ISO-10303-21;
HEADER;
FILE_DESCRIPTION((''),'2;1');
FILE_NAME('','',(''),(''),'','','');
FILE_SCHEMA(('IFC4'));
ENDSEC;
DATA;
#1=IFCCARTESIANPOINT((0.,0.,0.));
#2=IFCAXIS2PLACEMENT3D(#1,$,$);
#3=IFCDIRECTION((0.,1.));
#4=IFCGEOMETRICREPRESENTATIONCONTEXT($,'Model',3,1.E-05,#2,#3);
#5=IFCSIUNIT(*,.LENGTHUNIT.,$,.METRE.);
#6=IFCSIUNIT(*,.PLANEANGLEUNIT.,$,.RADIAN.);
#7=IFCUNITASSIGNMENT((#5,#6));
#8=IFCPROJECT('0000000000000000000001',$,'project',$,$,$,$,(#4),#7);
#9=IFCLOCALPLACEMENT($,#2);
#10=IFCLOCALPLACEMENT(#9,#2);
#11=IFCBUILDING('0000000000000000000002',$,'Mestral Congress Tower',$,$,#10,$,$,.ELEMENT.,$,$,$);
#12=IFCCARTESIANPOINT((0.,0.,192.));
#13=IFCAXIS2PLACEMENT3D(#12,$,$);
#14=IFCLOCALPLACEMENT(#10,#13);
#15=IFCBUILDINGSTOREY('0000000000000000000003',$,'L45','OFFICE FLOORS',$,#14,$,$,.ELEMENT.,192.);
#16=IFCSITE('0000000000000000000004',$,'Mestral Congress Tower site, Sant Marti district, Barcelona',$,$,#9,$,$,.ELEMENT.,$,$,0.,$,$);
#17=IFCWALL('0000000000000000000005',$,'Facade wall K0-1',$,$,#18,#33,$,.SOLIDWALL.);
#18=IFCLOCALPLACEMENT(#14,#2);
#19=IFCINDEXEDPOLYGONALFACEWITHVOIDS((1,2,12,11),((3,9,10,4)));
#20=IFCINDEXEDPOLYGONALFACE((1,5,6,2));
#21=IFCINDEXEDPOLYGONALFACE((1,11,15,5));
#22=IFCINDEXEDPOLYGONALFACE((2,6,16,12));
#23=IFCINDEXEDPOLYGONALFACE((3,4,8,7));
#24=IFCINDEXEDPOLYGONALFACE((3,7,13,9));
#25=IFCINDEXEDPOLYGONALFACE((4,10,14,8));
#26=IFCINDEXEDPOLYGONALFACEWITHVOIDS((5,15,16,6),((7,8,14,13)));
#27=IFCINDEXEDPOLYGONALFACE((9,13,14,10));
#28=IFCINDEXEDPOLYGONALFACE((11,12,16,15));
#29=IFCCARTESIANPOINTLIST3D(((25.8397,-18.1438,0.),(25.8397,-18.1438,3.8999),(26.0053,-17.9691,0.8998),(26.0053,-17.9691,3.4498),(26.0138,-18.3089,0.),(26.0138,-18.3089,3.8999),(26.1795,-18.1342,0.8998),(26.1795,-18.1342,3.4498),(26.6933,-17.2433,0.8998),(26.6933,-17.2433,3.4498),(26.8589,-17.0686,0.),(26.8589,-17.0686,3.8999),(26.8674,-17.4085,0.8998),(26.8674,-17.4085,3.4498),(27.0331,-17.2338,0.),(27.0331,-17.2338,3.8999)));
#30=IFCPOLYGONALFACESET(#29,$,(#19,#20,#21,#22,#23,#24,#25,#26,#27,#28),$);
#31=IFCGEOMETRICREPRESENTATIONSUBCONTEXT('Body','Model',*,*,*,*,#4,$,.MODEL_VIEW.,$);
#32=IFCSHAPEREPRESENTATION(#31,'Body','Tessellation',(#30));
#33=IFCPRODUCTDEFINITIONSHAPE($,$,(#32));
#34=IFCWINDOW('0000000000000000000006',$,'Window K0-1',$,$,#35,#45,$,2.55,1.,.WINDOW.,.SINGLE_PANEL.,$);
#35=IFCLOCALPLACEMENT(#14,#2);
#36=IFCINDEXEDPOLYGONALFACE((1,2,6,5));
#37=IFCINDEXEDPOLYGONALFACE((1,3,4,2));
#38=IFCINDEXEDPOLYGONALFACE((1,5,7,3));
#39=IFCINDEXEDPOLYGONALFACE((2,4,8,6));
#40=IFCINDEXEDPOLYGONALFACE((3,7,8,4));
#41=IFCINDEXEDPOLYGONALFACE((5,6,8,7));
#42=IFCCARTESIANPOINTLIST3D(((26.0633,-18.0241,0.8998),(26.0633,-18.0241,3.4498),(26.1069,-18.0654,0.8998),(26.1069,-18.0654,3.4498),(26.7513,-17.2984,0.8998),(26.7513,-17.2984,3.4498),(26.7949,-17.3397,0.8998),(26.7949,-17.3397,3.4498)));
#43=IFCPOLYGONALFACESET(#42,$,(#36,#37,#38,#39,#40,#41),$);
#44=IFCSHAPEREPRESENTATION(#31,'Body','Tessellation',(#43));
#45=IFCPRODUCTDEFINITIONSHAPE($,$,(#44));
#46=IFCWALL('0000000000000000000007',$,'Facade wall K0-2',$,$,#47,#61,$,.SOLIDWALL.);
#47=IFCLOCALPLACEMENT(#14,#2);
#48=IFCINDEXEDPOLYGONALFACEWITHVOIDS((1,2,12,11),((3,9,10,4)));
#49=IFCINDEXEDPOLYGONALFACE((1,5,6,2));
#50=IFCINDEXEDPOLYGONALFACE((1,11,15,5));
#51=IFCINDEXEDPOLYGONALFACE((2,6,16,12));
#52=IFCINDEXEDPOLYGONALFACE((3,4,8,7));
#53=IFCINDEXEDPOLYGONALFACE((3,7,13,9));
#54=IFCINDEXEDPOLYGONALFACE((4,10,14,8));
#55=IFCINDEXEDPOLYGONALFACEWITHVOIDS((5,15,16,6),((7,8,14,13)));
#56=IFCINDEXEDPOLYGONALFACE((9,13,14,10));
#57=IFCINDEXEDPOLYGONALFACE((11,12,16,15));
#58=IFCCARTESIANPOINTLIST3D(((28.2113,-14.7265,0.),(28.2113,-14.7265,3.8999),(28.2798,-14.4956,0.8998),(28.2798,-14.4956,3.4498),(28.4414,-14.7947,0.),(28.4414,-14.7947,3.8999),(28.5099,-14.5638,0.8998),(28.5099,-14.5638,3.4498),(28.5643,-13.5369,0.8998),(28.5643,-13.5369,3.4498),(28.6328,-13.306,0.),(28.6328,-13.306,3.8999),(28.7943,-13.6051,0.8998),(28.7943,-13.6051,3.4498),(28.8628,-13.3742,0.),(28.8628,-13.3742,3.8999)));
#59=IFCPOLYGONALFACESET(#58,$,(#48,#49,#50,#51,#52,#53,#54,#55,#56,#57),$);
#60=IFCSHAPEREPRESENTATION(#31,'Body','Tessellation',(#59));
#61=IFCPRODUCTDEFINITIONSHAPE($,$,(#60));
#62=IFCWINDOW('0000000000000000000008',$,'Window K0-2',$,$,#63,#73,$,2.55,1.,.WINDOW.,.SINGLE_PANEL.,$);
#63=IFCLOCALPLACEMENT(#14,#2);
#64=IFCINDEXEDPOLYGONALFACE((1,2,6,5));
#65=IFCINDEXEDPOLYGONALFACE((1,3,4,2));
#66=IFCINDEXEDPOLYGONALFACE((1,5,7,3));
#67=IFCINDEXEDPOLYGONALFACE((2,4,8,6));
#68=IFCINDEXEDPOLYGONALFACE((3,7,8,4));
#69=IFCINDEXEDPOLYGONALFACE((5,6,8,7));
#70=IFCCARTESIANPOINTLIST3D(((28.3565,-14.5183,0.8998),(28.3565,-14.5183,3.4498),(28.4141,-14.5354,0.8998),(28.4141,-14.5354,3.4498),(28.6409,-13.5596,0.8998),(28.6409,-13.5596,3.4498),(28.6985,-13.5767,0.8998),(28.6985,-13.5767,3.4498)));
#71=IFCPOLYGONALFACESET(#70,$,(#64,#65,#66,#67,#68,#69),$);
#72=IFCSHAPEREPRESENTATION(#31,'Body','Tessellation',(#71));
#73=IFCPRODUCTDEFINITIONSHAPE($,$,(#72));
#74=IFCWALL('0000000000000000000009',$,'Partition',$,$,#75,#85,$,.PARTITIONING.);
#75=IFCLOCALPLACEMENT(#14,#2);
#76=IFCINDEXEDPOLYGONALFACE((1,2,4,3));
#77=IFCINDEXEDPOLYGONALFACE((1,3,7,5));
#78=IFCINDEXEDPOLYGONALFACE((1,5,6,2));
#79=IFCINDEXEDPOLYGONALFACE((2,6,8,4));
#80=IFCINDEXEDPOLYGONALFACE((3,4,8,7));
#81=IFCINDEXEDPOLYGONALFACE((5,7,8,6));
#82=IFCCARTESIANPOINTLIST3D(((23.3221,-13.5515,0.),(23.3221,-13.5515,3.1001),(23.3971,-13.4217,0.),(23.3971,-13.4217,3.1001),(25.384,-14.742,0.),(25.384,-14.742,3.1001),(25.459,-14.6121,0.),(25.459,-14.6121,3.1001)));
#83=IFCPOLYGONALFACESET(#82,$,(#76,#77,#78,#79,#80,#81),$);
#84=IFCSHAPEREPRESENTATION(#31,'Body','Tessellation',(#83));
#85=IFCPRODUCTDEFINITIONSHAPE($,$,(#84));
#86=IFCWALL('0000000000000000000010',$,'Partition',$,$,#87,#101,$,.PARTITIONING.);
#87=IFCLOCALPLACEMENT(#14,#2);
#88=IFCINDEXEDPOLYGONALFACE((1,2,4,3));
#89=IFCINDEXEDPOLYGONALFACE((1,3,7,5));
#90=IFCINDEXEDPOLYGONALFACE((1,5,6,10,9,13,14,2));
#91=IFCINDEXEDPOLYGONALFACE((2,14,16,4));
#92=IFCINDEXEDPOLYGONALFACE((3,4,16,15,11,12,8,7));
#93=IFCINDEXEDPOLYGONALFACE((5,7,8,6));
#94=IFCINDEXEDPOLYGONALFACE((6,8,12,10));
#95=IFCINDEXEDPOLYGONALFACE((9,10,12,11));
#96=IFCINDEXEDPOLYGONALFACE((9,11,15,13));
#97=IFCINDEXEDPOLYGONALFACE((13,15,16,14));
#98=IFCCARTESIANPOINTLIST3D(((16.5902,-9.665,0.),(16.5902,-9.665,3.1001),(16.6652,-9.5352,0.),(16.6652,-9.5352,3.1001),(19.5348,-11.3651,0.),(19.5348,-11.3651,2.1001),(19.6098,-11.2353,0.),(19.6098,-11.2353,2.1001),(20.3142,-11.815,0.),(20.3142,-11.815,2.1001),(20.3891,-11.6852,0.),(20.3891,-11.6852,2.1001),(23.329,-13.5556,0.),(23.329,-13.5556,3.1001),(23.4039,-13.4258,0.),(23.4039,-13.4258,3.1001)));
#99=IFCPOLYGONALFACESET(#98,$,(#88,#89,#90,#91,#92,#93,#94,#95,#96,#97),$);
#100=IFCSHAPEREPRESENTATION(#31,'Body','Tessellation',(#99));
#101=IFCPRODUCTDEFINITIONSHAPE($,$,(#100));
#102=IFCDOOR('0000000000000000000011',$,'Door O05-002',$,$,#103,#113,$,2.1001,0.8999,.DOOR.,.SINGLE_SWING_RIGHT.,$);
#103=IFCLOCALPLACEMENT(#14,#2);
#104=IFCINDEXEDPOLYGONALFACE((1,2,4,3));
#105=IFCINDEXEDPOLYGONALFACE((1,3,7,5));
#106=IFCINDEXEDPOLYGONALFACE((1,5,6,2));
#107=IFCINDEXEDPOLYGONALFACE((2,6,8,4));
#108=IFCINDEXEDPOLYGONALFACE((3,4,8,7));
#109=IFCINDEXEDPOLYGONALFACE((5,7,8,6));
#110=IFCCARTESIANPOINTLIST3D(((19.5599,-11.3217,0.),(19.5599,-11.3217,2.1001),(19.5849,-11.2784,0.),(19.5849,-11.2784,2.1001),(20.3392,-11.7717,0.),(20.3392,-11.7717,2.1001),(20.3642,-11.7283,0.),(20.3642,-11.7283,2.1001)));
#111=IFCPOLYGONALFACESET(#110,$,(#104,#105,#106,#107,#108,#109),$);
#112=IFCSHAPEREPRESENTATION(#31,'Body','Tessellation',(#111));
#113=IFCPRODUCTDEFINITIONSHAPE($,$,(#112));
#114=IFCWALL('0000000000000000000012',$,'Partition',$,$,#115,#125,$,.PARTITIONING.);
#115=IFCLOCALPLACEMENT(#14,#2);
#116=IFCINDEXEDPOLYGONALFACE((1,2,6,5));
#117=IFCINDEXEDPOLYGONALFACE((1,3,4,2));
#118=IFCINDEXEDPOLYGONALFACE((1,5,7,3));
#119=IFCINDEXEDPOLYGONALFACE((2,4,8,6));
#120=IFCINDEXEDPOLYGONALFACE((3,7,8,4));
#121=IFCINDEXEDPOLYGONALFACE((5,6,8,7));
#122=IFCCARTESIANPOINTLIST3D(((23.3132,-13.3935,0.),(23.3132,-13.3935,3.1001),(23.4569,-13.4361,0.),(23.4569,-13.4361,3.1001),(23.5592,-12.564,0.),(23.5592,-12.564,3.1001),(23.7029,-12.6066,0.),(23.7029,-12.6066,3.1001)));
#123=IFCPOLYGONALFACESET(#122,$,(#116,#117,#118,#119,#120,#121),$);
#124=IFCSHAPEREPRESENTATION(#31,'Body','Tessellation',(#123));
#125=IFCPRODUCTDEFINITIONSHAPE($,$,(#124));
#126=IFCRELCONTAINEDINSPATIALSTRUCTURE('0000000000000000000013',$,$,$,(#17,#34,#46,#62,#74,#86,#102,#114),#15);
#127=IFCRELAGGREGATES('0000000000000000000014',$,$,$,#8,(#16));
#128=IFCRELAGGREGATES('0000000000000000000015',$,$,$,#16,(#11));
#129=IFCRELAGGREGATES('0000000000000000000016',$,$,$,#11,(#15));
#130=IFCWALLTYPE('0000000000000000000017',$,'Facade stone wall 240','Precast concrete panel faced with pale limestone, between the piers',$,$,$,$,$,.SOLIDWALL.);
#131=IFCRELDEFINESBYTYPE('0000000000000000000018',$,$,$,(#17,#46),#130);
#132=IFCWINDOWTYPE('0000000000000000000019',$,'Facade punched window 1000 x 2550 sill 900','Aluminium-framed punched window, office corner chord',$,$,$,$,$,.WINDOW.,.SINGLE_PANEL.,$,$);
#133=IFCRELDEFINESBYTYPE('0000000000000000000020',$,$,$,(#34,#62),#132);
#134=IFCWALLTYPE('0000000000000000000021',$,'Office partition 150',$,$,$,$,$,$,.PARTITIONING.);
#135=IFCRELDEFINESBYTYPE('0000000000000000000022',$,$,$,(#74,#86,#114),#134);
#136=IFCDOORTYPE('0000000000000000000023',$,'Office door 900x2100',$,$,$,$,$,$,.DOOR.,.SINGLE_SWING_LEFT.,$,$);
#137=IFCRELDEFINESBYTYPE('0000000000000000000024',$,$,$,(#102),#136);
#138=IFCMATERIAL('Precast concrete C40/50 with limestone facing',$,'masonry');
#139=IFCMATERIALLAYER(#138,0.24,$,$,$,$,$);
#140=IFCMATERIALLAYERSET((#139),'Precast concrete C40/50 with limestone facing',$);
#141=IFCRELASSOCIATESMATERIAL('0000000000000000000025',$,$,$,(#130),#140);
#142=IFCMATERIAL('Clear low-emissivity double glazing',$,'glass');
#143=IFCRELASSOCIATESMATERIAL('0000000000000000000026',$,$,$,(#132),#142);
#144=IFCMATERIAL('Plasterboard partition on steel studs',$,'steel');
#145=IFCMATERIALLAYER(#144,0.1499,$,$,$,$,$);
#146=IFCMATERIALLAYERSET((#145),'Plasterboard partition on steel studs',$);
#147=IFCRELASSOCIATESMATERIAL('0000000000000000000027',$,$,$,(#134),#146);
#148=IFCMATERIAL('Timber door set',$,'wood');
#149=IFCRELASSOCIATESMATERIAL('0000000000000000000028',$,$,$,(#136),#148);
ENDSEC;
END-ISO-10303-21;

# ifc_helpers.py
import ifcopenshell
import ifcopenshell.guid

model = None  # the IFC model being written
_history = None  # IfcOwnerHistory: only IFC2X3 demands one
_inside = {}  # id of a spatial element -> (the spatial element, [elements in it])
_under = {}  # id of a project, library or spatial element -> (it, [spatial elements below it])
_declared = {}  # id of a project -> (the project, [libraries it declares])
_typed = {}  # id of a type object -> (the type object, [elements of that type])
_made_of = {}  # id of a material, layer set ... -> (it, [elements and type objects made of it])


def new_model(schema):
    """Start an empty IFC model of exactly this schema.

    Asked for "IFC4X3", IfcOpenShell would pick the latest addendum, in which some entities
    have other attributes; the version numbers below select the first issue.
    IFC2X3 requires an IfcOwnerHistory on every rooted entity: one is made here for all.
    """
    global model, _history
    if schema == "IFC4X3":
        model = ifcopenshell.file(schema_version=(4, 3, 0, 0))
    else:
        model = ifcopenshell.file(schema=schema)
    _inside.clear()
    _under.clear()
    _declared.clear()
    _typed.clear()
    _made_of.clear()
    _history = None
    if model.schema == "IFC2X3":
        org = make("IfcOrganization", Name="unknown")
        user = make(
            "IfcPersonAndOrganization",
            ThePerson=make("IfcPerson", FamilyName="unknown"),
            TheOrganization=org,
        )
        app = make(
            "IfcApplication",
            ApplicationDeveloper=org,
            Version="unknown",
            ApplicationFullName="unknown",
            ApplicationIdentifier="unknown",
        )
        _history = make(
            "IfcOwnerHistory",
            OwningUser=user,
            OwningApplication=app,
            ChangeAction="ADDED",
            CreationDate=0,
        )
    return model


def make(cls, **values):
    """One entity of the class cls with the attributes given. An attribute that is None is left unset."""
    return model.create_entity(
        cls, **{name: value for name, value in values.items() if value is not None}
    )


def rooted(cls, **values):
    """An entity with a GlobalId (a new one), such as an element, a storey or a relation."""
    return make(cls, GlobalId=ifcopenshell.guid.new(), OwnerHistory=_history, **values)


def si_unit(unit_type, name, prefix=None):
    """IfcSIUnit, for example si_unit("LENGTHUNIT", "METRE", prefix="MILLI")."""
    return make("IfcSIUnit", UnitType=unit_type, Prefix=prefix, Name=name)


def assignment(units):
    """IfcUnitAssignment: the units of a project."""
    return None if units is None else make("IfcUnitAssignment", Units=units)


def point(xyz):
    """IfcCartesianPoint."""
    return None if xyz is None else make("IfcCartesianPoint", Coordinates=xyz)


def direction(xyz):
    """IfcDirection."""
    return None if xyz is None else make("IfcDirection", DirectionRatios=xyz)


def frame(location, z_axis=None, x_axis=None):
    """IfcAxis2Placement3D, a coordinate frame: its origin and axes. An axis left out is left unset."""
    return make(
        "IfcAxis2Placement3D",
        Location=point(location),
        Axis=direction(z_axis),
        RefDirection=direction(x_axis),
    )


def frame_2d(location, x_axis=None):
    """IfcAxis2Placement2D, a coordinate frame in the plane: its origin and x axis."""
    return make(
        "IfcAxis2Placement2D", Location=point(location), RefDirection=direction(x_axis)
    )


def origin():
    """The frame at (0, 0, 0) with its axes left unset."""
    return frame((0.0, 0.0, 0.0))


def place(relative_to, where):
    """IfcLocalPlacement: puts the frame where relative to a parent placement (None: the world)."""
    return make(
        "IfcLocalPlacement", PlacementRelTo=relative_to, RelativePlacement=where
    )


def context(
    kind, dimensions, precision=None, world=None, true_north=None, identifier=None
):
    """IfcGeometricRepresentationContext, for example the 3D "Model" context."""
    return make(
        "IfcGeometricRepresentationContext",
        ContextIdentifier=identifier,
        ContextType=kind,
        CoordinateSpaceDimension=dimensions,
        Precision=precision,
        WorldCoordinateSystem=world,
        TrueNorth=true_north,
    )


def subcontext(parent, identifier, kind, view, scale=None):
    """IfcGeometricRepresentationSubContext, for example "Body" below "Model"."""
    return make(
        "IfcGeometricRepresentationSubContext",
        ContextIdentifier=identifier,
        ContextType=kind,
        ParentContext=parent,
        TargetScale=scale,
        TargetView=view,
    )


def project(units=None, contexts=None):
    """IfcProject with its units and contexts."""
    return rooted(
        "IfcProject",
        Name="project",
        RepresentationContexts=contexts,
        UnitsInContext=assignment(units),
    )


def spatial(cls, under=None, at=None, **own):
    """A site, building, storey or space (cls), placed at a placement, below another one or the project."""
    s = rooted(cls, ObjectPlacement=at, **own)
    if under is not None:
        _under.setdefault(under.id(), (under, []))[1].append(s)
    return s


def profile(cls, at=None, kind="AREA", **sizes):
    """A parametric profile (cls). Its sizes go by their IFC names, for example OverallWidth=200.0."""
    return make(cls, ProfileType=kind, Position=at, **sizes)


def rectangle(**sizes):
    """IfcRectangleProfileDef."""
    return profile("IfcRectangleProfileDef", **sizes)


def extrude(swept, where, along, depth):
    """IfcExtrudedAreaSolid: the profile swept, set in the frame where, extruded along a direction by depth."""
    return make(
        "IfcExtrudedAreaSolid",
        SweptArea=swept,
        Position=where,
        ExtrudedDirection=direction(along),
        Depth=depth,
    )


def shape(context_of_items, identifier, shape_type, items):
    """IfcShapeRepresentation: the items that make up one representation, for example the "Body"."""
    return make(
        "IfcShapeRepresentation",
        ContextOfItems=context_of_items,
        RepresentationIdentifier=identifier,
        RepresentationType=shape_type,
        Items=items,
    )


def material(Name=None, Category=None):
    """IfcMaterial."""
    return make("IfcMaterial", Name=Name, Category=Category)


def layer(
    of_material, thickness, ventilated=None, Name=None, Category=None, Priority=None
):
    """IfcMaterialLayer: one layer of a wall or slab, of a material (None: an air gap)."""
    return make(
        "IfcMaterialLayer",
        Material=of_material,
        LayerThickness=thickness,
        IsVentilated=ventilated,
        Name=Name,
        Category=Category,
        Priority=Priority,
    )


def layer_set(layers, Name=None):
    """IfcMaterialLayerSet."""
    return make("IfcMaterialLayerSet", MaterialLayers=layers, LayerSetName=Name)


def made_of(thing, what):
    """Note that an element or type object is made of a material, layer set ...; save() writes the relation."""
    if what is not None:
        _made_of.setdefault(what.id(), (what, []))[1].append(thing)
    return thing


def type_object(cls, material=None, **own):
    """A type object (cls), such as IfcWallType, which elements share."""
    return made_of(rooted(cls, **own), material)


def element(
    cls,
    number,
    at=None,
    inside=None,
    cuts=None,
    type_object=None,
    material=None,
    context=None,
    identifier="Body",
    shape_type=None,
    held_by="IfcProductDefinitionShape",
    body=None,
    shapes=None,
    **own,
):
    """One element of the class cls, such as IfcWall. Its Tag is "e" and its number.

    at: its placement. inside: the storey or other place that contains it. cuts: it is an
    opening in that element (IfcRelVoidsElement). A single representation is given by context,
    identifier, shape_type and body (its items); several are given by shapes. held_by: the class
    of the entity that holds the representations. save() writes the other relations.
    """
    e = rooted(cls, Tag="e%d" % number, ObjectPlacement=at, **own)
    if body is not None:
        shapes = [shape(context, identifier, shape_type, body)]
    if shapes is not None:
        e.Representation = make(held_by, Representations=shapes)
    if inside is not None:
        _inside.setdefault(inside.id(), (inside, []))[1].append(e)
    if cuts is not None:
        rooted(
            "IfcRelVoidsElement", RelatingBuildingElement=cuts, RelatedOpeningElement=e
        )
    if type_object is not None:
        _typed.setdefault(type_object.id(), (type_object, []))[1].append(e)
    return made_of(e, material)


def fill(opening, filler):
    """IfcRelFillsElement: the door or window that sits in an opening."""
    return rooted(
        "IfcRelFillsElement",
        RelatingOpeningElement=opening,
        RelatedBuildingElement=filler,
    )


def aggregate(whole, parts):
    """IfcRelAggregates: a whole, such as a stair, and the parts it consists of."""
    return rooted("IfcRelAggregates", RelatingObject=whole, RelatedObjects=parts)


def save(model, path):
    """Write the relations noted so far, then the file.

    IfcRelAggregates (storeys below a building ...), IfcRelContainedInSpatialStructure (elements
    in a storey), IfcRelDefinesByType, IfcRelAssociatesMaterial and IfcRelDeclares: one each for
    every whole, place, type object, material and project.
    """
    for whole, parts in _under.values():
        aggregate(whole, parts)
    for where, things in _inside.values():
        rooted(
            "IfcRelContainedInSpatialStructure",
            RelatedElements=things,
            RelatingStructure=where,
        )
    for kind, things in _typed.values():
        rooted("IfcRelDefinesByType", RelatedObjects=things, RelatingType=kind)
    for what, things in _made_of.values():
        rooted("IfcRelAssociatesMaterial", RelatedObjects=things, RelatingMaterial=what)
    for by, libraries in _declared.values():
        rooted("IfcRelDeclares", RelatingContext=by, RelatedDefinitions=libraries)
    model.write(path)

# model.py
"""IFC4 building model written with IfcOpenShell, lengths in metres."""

from ifc_helpers import new_model, si_unit, direction, frame, frame_2d, origin, place, context, subcontext, project, spatial, rectangle, extrude, material, layer, layer_set, type_object, element, fill, save


model = new_model("IFC4")

# Units and contexts
model_context = context("Model", 3, precision=1e-05, world=origin(), true_north=direction((0.0, 1.0)))
body_context = subcontext(model_context, "Body", "Model", "MODEL_VIEW")
ifc_project = project(units=[si_unit("LENGTHUNIT", "METRE"), si_unit("PLANEANGLEUNIT", "RADIAN")], contexts=[model_context])

# Site, building, storey
site_placement = place(None, origin())
site = spatial("IfcSite", under=ifc_project, at=site_placement, Name="Mestral Congress Tower site, Sant Marti district, Barcelona", CompositionType="ELEMENT", RefElevation=0.0)
building_placement = place(site_placement, origin())
building = spatial("IfcBuilding", under=site, at=building_placement, Name="Mestral Congress Tower", CompositionType="ELEMENT")
storey_placement = place(building_placement, frame((0.0, 0.0, 192.0)))
storey = spatial("IfcBuildingStorey", under=building, at=storey_placement, Name="L45", Description="OFFICE FLOORS", CompositionType="ELEMENT", Elevation=192.0)

# Shared definitions
ifc_material_1 = material(Name="Precast concrete C40/50 with limestone facing", Category="masonry")
ifc_layer_1 = layer(ifc_material_1, 0.24)
ifc_layer_set_1 = layer_set([ifc_layer_1], Name="Precast concrete C40/50 with limestone facing")
wall_type_1 = type_object("IfcWallType", Name="Facade stone wall 240", Description="Precast concrete panel faced with pale limestone, between the piers", PredefinedType="SOLIDWALL", material=ifc_layer_set_1)
ifc_material_2 = material(Name="Clear low-emissivity double glazing", Category="glass")

# Walls, openings, windows
window_type_1 = type_object("IfcWindowType", Name="Facade punched window 1000 x 2550 sill 900", Description="Aluminium-framed punched window, office corner chord", PartitioningType="SINGLE_PANEL", PredefinedType="WINDOW", material=ifc_material_2)
wall_1_placement = place(storey_placement, frame((25.9268, -18.2263, 0.0), z_axis=(0.0, 0.0, 1.0), x_axis=(0.687987, 0.725723, 0.0)))
wall_1 = element("IfcWall", 1, at=wall_1_placement, inside=storey, type_object=wall_type_1, Name="Facade wall K0-1", PredefinedType="SOLIDWALL", context=body_context, shape_type="SweptSolid", body=[
    extrude(rectangle(XDim=1.4814, YDim=0.24, at=frame_2d((0.7407, 0.0))), origin(), (0.0, 0.0, 1.0), 3.8999),
])
opening_1_placement = place(wall_1_placement, frame((0.2407, 0.0, 0.8999)))
opening_1 = element("IfcOpeningElement", 2, at=opening_1_placement, cuts=wall_1, PredefinedType="OPENING", context=body_context, shape_type="SweptSolid", body=[
    extrude(rectangle(XDim=1.0, YDim=2.55, at=frame_2d((0.5, 1.2749))), frame((0.0, 0.1299, 0.0), z_axis=(0.0, -1.0, 0.0), x_axis=(1.0, 0.0, 0.0)), (0.0, 0.0, 1.0), 0.26),
])
window_1_placement = place(opening_1_placement, origin())
window_1 = element("IfcWindow", 3, at=window_1_placement, inside=storey, type_object=window_type_1, Name="Window K0-1", OverallHeight=2.55, OverallWidth=1.0, PartitioningType="SINGLE_PANEL", PredefinedType="WINDOW", context=body_context, shape_type="SweptSolid", body=[
    extrude(rectangle(XDim=1.0, YDim=2.55, at=frame_2d((0.5, 1.2749))), frame((0.0, 0.04, 0.0), z_axis=(0.0, -1.0, 0.0), x_axis=(1.0, 0.0, 0.0)), (0.0, 0.0, 1.0), 0.0601),
])
fill(opening_1, window_1)
wall_2_placement = place(storey_placement, frame((28.3264, -14.7605, 0.0), z_axis=(0.0, 0.0, 1.0), x_axis=(0.284414, 0.958702, 0.0)))
wall_2 = element("IfcWall", 4, at=wall_2_placement, inside=storey, type_object=wall_type_1, Name="Facade wall K0-2", PredefinedType="SOLIDWALL", context=body_context, shape_type="SweptSolid", body=[
    extrude(rectangle(XDim=1.4817, YDim=0.24, at=frame_2d((0.7407, 0.0))), origin(), (0.0, 0.0, 1.0), 3.8999),
])
opening_2_placement = place(wall_2_placement, frame((0.2407, 0.0, 0.8999)))
opening_2 = element("IfcOpeningElement", 5, at=opening_2_placement, cuts=wall_2, PredefinedType="OPENING", context=body_context, shape_type="SweptSolid", body=[
    extrude(rectangle(XDim=1.0, YDim=2.55, at=frame_2d((0.5, 1.2749))), frame((0.0, 0.1299, 0.0), z_axis=(0.0, -1.0, 0.0), x_axis=(1.0, 0.0, 0.0)), (0.0, 0.0, 1.0), 0.26),
])
window_2_placement = place(opening_2_placement, origin())
window_2 = element("IfcWindow", 6, at=window_2_placement, inside=storey, type_object=window_type_1, Name="Window K0-2", OverallHeight=2.55, OverallWidth=1.0, PartitioningType="SINGLE_PANEL", PredefinedType="WINDOW", context=body_context, shape_type="SweptSolid", body=[
    extrude(rectangle(XDim=1.0, YDim=2.55, at=frame_2d((0.5, 1.2749))), frame((0.0, 0.04, 0.0), z_axis=(0.0, -1.0, 0.0), x_axis=(1.0, 0.0, 0.0)), (0.0, 0.0, 1.0), 0.0601),
])
fill(opening_2, window_2)

# Wall
ifc_material_3 = material(Name="Plasterboard partition on steel studs", Category="steel")
ifc_layer_2 = layer(ifc_material_3, 0.1499)
ifc_layer_set_2 = layer_set([ifc_layer_2], Name="Plasterboard partition on steel studs")
wall_type_2 = type_object("IfcWallType", Name="Office partition 150", PredefinedType="PARTITIONING", material=ifc_layer_set_2)
wall_3_placement = place(storey_placement, frame((23.3596, -13.4866, 0.0), z_axis=(0.0, 0.0, 1.0), x_axis=(0.866013, -0.500021, 0.0)))
element("IfcWall", 7, at=wall_3_placement, inside=storey, type_object=wall_type_2, Name="Partition", PredefinedType="PARTITIONING", context=body_context, shape_type="SweptSolid", body=[
    extrude(rectangle(XDim=2.3809, YDim=0.1499, at=frame_2d((1.1904, 0.0))), origin(), (0.0, 0.0, 1.0), 3.1001),
])

# Wall, opening, door
wall_4_placement = place(storey_placement, frame((23.3665, -13.4907, 0.0), z_axis=(0.0, 0.0, 1.0), x_axis=(-0.866026, 0.499999, 0.0)))
wall_4 = element("IfcWall", 8, at=wall_4_placement, inside=storey, type_object=wall_type_2, Name="Partition", PredefinedType="PARTITIONING", context=body_context, shape_type="SweptSolid", body=[
    extrude(rectangle(XDim=7.7812, YDim=0.1499, at=frame_2d((3.8906, 0.0))), origin(), (0.0, 0.0, 1.0), 3.1001),
])
opening_3_placement = place(wall_4_placement, frame((3.4812, 0.0, 0.0)))
opening_3 = element("IfcOpeningElement", 9, at=opening_3_placement, cuts=wall_4, PredefinedType="OPENING", context=body_context, shape_type="SweptSolid", body=[
    extrude(rectangle(XDim=0.8999, YDim=2.1001, at=frame_2d((0.45, 1.05))), frame((0.0, 0.085, 0.0), z_axis=(0.0, -1.0, 0.0), x_axis=(1.0, 0.0, 0.0)), (0.0, 0.0, 1.0), 0.1699),
])
ifc_material_4 = material(Name="Timber door set", Category="wood")
door_type = type_object("IfcDoorType", Name="Office door 900x2100", OperationType="SINGLE_SWING_LEFT", PredefinedType="DOOR", material=ifc_material_4)
door_placement = place(opening_3_placement, origin())
door = element("IfcDoor", 10, at=door_placement, inside=storey, type_object=door_type, Name="Door O05-002", OperationType="SINGLE_SWING_RIGHT", OverallHeight=2.1001, OverallWidth=0.8999, PredefinedType="DOOR", context=body_context, shape_type="SweptSolid", body=[
    extrude(rectangle(XDim=0.8999, YDim=2.1001, at=frame_2d((0.45, 1.05))), frame((0.0, 0.0249, 0.0), z_axis=(0.0, -1.0, 0.0), x_axis=(1.0, 0.0, 0.0)), (0.0, 0.0, 1.0), 0.05),
])
fill(opening_3, door)

# Wall
wall_5_placement = place(storey_placement, frame((23.385, -13.4148, 0.0), z_axis=(0.0, 0.0, 1.0), x_axis=(0.284396, 0.958707, 0.0)))
element("IfcWall", 11, at=wall_5_placement, inside=storey, type_object=wall_type_2, Name="Partition", PredefinedType="PARTITIONING", context=body_context, shape_type="SweptSolid", body=[
    extrude(rectangle(XDim=0.8652, YDim=0.1499, at=frame_2d((0.4326, 0.0))), origin(), (0.0, 0.0, 1.0), 3.1001),
])

save(model, "model.ifc")
